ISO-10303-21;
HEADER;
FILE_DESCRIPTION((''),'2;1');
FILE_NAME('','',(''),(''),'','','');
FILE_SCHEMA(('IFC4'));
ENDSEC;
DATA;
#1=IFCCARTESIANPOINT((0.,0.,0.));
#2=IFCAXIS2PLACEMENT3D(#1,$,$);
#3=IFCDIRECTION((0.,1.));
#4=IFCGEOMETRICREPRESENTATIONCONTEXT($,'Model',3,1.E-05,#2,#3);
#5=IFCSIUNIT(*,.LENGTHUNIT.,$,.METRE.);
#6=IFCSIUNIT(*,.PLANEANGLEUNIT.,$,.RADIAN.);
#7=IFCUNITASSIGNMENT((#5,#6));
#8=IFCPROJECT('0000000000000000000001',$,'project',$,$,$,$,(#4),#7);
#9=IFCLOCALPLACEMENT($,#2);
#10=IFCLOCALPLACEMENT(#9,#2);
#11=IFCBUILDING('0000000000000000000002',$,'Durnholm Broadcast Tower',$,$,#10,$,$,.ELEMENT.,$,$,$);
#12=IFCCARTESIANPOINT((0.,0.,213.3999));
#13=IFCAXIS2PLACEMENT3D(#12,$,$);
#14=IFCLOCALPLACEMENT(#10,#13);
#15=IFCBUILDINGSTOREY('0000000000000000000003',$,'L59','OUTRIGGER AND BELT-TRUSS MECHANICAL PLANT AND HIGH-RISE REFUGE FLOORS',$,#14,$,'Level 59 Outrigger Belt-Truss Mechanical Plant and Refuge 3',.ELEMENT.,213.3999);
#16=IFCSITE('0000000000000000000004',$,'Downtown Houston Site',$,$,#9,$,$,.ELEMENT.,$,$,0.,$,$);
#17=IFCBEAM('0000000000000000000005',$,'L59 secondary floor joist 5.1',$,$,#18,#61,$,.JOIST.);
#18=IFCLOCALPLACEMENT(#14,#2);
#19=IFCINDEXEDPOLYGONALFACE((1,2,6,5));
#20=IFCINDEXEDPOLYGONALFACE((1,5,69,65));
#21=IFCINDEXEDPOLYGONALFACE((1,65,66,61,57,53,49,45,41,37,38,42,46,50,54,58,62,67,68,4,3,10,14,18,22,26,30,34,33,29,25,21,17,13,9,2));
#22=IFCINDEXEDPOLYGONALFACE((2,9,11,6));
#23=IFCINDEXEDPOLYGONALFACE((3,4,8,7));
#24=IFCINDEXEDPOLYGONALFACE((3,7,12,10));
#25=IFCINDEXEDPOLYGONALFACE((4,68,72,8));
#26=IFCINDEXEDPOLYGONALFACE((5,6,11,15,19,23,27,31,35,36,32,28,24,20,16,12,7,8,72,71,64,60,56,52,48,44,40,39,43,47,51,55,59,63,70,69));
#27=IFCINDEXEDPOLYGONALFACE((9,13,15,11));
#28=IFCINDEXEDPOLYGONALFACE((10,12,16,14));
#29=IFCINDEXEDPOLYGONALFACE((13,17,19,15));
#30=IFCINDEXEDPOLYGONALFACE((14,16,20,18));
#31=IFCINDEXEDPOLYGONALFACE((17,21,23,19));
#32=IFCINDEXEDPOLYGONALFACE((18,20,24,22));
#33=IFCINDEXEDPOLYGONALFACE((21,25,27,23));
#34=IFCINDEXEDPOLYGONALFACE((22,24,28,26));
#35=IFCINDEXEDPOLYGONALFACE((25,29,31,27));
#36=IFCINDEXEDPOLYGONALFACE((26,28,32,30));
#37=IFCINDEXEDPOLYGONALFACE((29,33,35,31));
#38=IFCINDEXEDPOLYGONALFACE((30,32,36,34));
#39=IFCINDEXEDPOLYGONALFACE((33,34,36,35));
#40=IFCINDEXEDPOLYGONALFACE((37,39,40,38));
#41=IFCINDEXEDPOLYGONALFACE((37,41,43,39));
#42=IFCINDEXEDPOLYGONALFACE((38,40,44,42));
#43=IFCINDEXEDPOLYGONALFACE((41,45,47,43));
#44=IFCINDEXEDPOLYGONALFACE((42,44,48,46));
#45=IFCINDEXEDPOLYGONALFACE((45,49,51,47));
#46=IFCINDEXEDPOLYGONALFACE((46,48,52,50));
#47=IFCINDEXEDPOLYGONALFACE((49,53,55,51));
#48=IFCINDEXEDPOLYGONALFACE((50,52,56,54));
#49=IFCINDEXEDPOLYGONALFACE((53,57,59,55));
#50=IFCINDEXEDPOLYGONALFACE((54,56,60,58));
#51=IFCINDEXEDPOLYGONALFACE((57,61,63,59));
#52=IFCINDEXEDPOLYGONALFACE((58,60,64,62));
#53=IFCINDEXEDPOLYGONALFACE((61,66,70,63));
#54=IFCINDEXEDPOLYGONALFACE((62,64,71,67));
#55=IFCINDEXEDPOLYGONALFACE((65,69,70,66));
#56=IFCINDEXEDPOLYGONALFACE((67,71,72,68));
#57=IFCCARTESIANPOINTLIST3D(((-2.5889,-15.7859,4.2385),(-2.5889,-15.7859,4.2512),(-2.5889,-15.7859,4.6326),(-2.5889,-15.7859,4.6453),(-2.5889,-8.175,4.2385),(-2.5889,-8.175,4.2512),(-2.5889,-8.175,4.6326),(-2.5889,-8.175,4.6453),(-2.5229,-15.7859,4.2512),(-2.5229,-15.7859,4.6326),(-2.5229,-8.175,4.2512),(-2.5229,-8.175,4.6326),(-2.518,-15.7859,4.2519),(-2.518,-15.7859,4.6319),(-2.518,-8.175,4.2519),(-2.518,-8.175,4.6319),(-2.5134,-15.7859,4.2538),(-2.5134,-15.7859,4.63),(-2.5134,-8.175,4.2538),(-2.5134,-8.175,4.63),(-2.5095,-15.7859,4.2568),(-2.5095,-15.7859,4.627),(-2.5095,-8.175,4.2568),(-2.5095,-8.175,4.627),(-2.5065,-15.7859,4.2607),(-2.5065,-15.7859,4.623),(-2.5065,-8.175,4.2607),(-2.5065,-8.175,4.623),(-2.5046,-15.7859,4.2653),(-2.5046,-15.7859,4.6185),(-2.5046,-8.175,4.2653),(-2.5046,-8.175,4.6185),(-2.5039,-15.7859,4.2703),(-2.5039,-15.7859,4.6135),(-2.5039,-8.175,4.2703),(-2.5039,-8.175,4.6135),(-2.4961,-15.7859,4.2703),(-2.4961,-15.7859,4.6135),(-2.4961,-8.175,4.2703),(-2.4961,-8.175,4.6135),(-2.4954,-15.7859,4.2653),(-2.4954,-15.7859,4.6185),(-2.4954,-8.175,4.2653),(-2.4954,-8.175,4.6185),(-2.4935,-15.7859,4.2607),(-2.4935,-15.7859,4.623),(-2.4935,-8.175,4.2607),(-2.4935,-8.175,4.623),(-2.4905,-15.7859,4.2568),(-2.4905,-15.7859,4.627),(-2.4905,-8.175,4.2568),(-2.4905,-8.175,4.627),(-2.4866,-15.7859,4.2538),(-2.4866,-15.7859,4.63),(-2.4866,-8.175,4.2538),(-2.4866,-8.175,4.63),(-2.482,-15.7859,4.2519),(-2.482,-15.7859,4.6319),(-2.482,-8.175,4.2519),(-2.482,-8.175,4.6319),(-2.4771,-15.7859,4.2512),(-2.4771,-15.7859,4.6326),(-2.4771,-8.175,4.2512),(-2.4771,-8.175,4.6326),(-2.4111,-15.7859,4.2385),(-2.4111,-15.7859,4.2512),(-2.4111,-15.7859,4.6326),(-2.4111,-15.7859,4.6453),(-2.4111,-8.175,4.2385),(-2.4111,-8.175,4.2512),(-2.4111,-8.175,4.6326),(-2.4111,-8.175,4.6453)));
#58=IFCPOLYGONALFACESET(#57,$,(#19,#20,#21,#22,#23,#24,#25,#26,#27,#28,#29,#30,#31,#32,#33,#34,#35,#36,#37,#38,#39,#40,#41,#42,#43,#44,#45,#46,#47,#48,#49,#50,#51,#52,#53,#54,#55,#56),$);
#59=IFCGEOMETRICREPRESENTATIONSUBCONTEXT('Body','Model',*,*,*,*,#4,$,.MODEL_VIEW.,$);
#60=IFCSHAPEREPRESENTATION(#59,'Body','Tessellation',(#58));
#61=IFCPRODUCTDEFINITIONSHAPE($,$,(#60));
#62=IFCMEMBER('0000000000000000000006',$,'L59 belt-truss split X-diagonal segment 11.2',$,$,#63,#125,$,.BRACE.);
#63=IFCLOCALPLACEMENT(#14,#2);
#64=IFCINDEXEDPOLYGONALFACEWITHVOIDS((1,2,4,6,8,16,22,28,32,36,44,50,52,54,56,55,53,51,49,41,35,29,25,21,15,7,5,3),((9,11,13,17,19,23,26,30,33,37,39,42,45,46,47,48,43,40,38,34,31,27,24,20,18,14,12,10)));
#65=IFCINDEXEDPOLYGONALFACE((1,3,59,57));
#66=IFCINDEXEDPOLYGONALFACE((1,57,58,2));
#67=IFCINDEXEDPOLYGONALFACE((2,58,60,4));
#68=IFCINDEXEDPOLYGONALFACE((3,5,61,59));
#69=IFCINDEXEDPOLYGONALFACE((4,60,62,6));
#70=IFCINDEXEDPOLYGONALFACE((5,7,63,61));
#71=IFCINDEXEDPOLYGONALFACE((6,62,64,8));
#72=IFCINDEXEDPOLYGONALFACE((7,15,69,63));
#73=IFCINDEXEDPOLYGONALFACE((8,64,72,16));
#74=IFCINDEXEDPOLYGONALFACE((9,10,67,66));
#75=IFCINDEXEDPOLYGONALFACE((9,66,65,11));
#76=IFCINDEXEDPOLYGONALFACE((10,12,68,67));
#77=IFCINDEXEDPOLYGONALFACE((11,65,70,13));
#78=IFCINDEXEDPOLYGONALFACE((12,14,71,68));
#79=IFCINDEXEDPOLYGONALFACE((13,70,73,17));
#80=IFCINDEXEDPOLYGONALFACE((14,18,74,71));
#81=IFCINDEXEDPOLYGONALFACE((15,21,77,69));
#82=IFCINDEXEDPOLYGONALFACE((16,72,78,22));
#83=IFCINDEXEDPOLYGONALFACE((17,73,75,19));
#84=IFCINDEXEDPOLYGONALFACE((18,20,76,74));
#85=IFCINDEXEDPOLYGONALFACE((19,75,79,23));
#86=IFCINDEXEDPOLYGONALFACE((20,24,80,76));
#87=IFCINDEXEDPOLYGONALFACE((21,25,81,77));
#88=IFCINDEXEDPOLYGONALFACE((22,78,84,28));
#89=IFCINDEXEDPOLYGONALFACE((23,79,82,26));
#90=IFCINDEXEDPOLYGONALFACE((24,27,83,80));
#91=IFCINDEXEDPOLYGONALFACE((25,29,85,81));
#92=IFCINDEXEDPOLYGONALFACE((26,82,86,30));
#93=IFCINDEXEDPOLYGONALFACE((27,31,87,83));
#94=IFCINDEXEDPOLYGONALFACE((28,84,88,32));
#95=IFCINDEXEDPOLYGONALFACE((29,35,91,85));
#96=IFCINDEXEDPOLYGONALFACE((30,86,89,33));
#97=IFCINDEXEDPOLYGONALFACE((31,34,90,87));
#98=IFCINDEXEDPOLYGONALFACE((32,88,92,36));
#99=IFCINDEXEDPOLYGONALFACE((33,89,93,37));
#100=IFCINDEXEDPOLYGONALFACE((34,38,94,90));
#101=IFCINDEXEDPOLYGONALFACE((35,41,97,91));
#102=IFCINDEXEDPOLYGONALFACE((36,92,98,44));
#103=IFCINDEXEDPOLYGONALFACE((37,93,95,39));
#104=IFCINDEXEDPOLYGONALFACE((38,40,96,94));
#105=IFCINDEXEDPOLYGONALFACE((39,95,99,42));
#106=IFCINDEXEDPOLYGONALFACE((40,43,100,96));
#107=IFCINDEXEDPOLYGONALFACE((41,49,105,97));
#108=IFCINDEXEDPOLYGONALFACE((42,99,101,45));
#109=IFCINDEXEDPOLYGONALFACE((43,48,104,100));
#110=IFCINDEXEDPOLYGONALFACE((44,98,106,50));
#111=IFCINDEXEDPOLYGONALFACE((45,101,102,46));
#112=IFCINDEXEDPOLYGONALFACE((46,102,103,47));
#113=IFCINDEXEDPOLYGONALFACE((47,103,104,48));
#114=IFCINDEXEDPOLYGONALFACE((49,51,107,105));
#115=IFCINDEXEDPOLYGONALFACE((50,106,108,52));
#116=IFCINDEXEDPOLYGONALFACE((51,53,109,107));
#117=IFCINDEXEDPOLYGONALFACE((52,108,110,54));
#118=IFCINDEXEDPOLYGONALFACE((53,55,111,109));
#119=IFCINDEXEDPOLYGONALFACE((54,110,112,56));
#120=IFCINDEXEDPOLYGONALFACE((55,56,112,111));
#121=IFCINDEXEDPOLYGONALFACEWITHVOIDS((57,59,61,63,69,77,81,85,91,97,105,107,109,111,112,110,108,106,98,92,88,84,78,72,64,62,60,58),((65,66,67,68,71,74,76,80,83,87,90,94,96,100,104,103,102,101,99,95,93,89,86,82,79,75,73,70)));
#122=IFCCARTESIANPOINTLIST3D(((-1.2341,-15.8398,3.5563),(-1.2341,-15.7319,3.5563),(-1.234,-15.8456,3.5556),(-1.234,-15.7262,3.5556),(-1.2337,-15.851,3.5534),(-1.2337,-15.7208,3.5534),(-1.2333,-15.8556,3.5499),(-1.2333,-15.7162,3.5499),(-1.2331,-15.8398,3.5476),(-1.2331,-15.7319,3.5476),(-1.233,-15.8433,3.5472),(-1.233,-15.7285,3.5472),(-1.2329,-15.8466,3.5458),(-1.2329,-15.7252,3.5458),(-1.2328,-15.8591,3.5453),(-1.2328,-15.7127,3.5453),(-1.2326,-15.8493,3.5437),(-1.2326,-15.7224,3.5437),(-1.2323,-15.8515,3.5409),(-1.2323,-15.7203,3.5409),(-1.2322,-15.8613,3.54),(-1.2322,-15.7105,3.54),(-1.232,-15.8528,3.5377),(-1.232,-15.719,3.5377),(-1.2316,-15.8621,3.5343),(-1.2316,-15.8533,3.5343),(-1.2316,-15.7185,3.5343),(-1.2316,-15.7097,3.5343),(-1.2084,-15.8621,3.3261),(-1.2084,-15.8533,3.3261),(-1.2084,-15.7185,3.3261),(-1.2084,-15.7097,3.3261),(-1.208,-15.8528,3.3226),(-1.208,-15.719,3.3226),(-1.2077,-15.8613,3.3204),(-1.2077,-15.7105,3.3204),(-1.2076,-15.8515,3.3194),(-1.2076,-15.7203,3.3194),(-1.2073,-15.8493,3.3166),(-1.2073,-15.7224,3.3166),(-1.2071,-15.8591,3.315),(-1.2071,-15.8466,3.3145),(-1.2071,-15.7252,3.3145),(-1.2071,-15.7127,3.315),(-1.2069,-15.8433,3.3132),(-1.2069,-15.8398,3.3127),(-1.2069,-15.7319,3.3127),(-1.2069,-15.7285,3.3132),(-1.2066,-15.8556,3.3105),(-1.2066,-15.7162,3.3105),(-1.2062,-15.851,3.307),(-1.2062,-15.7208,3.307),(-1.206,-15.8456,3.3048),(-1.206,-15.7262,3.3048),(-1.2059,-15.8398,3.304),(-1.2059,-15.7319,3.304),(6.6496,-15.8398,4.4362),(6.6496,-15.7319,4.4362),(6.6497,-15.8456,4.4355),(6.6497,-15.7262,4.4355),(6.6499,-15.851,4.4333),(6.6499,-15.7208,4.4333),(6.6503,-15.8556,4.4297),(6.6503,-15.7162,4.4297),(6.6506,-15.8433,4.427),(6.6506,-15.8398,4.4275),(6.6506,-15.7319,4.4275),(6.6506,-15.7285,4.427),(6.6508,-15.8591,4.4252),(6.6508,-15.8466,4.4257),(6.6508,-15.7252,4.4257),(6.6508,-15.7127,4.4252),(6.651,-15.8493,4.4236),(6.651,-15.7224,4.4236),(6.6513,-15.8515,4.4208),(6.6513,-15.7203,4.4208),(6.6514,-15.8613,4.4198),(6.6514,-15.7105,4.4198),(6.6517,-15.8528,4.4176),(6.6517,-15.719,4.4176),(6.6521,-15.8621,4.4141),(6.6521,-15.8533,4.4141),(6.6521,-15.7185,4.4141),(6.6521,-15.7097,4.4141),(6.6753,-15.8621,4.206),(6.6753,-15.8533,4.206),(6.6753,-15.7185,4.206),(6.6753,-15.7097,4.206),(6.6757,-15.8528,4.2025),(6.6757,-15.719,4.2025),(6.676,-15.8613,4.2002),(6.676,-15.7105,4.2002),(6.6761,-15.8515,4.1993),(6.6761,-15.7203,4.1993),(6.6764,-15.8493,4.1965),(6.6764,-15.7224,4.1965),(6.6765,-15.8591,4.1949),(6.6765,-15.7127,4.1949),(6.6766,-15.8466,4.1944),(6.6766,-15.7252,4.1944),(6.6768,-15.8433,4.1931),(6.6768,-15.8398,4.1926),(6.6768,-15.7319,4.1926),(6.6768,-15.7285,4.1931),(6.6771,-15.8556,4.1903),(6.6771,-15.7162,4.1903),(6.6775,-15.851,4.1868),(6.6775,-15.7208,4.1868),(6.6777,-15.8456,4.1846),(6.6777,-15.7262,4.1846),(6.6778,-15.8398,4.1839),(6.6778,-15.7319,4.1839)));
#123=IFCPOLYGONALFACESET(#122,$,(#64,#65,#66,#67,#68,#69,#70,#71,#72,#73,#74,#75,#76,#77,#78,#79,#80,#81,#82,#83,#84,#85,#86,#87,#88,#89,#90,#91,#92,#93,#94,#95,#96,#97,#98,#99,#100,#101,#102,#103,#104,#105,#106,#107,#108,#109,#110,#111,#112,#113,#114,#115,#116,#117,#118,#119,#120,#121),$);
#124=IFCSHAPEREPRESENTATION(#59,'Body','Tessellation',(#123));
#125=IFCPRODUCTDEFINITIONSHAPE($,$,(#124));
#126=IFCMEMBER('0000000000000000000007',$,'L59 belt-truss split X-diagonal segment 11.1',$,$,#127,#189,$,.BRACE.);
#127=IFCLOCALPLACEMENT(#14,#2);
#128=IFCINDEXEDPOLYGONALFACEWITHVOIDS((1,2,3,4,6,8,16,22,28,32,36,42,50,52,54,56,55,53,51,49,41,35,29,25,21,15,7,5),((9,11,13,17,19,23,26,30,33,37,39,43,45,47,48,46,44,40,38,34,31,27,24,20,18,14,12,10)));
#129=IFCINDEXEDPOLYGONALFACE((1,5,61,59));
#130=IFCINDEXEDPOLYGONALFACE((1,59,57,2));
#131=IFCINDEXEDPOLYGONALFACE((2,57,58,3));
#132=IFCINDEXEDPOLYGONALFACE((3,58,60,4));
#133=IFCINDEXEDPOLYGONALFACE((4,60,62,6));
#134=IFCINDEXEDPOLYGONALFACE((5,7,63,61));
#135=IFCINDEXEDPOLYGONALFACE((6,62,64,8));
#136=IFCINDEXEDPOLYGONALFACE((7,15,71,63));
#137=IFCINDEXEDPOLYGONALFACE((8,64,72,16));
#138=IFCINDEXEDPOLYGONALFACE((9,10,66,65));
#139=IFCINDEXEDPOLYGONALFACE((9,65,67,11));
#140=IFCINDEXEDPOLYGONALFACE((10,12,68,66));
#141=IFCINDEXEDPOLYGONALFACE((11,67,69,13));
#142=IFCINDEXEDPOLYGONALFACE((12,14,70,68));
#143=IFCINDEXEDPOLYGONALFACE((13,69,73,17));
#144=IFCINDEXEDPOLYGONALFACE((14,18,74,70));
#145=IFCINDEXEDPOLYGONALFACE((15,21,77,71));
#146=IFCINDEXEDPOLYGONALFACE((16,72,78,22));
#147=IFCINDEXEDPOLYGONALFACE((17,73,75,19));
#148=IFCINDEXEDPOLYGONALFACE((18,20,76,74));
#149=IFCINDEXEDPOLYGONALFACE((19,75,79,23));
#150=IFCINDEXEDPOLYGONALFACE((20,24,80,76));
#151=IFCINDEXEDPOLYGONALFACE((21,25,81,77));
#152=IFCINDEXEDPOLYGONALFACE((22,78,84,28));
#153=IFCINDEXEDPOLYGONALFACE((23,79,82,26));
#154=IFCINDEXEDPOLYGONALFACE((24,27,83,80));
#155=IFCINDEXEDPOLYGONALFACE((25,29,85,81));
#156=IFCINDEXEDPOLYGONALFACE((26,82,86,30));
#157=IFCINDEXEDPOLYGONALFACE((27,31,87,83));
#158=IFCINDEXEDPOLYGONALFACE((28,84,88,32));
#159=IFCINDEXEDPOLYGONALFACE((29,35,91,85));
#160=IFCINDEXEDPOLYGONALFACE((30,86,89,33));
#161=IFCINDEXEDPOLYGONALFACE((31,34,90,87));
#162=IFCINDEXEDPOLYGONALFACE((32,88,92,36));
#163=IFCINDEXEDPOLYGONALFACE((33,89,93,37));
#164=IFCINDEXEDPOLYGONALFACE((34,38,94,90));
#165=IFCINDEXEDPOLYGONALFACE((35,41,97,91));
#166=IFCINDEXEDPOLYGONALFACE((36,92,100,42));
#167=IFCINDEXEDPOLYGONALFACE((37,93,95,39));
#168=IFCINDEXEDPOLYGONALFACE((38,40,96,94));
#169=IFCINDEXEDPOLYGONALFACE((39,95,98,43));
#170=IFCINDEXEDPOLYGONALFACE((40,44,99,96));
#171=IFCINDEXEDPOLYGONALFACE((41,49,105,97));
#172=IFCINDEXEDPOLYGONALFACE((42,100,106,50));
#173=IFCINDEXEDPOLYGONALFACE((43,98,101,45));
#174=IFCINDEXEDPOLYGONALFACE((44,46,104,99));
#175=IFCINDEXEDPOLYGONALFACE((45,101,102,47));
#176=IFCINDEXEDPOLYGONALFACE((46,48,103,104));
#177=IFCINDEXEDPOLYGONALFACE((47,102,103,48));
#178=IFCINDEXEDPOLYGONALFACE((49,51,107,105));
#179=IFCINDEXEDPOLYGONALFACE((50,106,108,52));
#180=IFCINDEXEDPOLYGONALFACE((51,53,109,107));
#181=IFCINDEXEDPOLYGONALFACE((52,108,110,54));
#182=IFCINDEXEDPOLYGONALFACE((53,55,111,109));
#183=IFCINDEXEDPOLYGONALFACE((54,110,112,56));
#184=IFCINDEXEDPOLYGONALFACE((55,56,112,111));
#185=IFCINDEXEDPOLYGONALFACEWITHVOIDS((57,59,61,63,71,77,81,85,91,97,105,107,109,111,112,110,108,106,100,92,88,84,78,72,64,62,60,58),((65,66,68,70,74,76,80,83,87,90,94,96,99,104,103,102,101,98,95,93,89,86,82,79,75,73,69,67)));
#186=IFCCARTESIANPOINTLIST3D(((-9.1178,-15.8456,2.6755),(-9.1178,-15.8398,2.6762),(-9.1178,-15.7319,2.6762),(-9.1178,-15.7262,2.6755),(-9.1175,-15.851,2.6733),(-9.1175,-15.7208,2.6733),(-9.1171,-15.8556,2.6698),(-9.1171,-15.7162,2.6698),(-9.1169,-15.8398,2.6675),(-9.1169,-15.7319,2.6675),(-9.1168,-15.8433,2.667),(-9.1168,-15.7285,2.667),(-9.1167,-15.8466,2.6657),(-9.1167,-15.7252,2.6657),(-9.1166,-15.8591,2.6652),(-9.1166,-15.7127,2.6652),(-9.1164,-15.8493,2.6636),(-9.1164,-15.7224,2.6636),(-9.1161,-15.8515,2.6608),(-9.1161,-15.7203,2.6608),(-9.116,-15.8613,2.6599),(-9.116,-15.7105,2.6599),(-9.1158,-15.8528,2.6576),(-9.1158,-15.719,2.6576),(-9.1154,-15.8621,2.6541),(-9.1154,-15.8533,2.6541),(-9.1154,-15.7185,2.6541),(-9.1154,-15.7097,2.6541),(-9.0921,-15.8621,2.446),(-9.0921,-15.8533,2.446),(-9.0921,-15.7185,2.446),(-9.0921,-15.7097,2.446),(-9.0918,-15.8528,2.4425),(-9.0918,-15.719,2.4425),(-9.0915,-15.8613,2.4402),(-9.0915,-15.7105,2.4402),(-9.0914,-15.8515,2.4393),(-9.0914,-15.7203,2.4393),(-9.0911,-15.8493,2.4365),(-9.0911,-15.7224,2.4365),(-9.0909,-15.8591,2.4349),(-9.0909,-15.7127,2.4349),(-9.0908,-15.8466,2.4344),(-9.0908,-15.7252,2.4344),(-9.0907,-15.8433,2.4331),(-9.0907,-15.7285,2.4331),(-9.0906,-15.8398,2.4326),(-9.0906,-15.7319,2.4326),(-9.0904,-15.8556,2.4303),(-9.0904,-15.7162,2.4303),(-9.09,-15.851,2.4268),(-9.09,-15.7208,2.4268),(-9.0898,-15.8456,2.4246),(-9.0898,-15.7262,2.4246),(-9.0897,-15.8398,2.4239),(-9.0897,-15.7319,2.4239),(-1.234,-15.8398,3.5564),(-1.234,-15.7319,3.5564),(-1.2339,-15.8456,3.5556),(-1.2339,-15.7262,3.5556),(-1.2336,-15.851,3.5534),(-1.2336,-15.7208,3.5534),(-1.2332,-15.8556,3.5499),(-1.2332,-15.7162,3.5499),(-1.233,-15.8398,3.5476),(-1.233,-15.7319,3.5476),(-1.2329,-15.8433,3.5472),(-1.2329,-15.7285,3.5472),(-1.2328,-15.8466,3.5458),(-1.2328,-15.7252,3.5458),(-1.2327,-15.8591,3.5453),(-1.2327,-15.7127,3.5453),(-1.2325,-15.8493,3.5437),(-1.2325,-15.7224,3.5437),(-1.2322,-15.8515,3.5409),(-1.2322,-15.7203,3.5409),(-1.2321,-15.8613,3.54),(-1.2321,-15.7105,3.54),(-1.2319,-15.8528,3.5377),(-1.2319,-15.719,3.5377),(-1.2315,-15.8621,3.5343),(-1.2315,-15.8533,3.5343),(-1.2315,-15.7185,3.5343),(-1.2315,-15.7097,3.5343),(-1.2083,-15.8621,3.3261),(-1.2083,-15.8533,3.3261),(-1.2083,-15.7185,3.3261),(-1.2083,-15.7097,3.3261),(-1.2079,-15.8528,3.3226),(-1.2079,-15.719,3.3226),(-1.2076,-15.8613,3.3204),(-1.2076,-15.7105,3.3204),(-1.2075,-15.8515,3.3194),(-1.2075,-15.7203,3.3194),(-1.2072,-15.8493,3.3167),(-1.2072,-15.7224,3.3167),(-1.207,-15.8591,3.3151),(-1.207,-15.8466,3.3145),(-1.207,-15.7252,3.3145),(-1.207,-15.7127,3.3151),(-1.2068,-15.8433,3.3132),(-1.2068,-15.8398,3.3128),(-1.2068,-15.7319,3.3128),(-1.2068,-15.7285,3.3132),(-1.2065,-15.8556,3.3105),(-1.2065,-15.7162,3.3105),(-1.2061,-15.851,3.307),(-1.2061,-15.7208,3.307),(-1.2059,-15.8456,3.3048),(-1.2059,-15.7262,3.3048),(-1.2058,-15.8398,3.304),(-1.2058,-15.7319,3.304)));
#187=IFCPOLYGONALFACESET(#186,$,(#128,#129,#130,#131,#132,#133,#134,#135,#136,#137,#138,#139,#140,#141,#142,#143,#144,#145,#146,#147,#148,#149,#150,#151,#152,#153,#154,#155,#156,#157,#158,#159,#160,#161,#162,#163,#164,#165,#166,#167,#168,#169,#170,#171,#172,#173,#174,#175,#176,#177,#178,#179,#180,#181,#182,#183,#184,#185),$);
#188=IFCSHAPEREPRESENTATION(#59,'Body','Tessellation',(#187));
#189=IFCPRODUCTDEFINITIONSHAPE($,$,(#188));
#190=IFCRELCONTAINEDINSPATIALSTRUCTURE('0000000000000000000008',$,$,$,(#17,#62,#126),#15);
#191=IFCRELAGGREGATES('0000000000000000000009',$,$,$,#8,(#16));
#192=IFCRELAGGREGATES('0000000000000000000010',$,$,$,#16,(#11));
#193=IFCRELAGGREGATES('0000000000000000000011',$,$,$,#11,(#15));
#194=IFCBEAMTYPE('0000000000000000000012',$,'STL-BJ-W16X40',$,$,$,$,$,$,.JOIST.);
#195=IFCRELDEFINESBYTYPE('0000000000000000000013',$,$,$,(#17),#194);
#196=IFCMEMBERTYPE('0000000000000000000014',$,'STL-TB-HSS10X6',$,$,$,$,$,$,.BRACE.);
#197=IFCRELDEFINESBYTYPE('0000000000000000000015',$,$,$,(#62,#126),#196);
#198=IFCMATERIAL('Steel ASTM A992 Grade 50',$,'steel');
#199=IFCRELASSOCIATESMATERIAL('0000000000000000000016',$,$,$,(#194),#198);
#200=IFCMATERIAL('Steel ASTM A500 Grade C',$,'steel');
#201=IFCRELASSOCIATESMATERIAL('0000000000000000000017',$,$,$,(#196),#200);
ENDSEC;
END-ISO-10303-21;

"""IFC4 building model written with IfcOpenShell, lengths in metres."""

from ifc_helpers import new_model, si_unit, direction, frame, origin, origin_2d, place, context, subcontext, project, spatial, hollow_rectangle, i_section, extrude, source, transform, mapped, material, material_profile, profile_set, type_object, type_shapes, element, save


model = new_model("IFC4")

# Units and contexts
model_context = context("Model", 3, precision=1e-05, world=origin(), true_north=direction((0.0, 1.0)))
body_context = subcontext(model_context, "Body", "Model", "MODEL_VIEW")
ifc_project = project(units=[si_unit("LENGTHUNIT", "METRE"), si_unit("PLANEANGLEUNIT", "RADIAN")], contexts=[model_context])

# Site, building, storey
site_placement = place(None, origin())
site = spatial("IfcSite", under=ifc_project, at=site_placement, Name="Downtown Houston Site", CompositionType="ELEMENT", RefElevation=0.0)
building_placement = place(site_placement, origin())
building = spatial("IfcBuilding", under=site, at=building_placement, Name="Durnholm Broadcast Tower", CompositionType="ELEMENT")
storey_placement = place(building_placement, frame((0.0, 0.0, 213.3999)))
storey = spatial("IfcBuildingStorey", under=building, at=storey_placement, Name="L59", Description="OUTRIGGER AND BELT-TRUSS MECHANICAL PLANT AND HIGH-RISE REFUGE FLOORS", LongName="Level 59 Outrigger Belt-Truss Mechanical Plant and Refuge 3", CompositionType="ELEMENT", Elevation=213.3999)

# Beam
ifc_material_1 = material(Name="Steel ASTM A992 Grade 50", Category="steel")
ifc_material_profile_1 = material_profile(ifc_material_1, i_section(OverallWidth=0.1777, OverallDepth=0.4067, WebThickness=0.0078, FlangeThickness=0.0127, FilletRadius=0.019, at=origin_2d()), Name="W16X40")
ifc_profile_set_1 = profile_set([ifc_material_profile_1], Name="Steel ASTM A992 Grade 50")
beam_type_1 = type_object("IfcBeamType", Name="STL-BJ-W16X40", PredefinedType="JOIST", material=ifc_profile_set_1)
shared_shape_1 = source(origin(), body_context, "Body", "SweptSolid", [
    extrude(i_section(OverallWidth=0.1777, OverallDepth=0.4067, WebThickness=0.0078, FlangeThickness=0.0127, FilletRadius=0.019, at=origin_2d()), origin(), (0.0, 0.0, 1.0), 7.6108),
])
type_shapes(beam_type_1, [shared_shape_1])
beam_1_placement = place(storey_placement, frame((-2.5, -15.7859, 4.4419), z_axis=(0.0, 1.0, 0.0), x_axis=(-1.0, 0.0, 0.0)))
element("IfcBeam", 1, at=beam_1_placement, inside=storey, type_object=beam_type_1, Name="L59 secondary floor joist 5.1", PredefinedType="JOIST", context=body_context, shape_type="MappedRepresentation", body=[
    mapped(shared_shape_1, transform((0.0, 0.0, 0.0), x_axis=(1.0, 0.0, 0.0), y_axis=(0.0, 1.0, 0.0), z_axis=(0.0, 0.0, 1.0), scale=1.0)),
])

# Members
ifc_material_2 = material(Name="Steel ASTM A500 Grade C", Category="steel")
ifc_material_profile_2 = material_profile(ifc_material_2, hollow_rectangle(XDim=0.1523, YDim=0.2539, WallThickness=0.0088, InnerFilletRadius=0.0134, OuterFilletRadius=0.0222, at=origin_2d()), Name="HSS10X6X3/8")
ifc_profile_set_2 = profile_set([ifc_material_profile_2], Name="Steel ASTM A500 Grade C")
member_type_1 = type_object("IfcMemberType", Name="STL-TB-HSS10X6", PredefinedType="BRACE", material=ifc_profile_set_2)
shared_shape_2 = source(origin(), body_context, "Body", "SweptSolid", [
    extrude(hollow_rectangle(XDim=0.1523, YDim=0.2539, WallThickness=0.0088, InnerFilletRadius=0.0134, OuterFilletRadius=0.0222, at=origin_2d()), origin(), (0.0, 0.0, 1.0), 7.9326),
])
member_1_placement = place(storey_placement, frame((-1.22, -15.7859, 3.4302), z_axis=(0.99383, 0.0, 0.110918), x_axis=(0.0, 1.0, 0.0)))
element("IfcMember", 2, at=member_1_placement, inside=storey, type_object=member_type_1, Name="L59 belt-truss split X-diagonal segment 11.2", PredefinedType="BRACE", context=body_context, shape_type="MappedRepresentation", body=[
    mapped(shared_shape_2, transform((0.0, 0.0, 0.0), x_axis=(1.0, 0.0, 0.0), y_axis=(0.0, 1.0, 0.0), z_axis=(0.0, 0.0, 1.0), scale=1.0)),
])
shared_shape_3 = source(origin(), body_context, "Body", "SweptSolid", [
    extrude(hollow_rectangle(XDim=0.1523, YDim=0.2539, WallThickness=0.0088, InnerFilletRadius=0.0134, OuterFilletRadius=0.0222, at=origin_2d()), origin(), (0.0, 0.0, 1.0), 7.9329),
])
type_shapes(member_type_1, [shared_shape_2, shared_shape_3])
member_2_placement = place(storey_placement, frame((-9.1038, -15.7859, 2.55), z_axis=(0.993826, 0.0, 0.110948), x_axis=(0.0, 1.0, 0.0)))
element("IfcMember", 3, at=member_2_placement, inside=storey, type_object=member_type_1, Name="L59 belt-truss split X-diagonal segment 11.1", PredefinedType="BRACE", context=body_context, shape_type="MappedRepresentation", body=[
    mapped(shared_shape_3, transform((0.0, 0.0, 0.0), x_axis=(1.0, 0.0, 0.0), y_axis=(0.0, 1.0, 0.0), z_axis=(0.0, 0.0, 1.0), scale=1.0)),
])

save(model, "model.ifc")
